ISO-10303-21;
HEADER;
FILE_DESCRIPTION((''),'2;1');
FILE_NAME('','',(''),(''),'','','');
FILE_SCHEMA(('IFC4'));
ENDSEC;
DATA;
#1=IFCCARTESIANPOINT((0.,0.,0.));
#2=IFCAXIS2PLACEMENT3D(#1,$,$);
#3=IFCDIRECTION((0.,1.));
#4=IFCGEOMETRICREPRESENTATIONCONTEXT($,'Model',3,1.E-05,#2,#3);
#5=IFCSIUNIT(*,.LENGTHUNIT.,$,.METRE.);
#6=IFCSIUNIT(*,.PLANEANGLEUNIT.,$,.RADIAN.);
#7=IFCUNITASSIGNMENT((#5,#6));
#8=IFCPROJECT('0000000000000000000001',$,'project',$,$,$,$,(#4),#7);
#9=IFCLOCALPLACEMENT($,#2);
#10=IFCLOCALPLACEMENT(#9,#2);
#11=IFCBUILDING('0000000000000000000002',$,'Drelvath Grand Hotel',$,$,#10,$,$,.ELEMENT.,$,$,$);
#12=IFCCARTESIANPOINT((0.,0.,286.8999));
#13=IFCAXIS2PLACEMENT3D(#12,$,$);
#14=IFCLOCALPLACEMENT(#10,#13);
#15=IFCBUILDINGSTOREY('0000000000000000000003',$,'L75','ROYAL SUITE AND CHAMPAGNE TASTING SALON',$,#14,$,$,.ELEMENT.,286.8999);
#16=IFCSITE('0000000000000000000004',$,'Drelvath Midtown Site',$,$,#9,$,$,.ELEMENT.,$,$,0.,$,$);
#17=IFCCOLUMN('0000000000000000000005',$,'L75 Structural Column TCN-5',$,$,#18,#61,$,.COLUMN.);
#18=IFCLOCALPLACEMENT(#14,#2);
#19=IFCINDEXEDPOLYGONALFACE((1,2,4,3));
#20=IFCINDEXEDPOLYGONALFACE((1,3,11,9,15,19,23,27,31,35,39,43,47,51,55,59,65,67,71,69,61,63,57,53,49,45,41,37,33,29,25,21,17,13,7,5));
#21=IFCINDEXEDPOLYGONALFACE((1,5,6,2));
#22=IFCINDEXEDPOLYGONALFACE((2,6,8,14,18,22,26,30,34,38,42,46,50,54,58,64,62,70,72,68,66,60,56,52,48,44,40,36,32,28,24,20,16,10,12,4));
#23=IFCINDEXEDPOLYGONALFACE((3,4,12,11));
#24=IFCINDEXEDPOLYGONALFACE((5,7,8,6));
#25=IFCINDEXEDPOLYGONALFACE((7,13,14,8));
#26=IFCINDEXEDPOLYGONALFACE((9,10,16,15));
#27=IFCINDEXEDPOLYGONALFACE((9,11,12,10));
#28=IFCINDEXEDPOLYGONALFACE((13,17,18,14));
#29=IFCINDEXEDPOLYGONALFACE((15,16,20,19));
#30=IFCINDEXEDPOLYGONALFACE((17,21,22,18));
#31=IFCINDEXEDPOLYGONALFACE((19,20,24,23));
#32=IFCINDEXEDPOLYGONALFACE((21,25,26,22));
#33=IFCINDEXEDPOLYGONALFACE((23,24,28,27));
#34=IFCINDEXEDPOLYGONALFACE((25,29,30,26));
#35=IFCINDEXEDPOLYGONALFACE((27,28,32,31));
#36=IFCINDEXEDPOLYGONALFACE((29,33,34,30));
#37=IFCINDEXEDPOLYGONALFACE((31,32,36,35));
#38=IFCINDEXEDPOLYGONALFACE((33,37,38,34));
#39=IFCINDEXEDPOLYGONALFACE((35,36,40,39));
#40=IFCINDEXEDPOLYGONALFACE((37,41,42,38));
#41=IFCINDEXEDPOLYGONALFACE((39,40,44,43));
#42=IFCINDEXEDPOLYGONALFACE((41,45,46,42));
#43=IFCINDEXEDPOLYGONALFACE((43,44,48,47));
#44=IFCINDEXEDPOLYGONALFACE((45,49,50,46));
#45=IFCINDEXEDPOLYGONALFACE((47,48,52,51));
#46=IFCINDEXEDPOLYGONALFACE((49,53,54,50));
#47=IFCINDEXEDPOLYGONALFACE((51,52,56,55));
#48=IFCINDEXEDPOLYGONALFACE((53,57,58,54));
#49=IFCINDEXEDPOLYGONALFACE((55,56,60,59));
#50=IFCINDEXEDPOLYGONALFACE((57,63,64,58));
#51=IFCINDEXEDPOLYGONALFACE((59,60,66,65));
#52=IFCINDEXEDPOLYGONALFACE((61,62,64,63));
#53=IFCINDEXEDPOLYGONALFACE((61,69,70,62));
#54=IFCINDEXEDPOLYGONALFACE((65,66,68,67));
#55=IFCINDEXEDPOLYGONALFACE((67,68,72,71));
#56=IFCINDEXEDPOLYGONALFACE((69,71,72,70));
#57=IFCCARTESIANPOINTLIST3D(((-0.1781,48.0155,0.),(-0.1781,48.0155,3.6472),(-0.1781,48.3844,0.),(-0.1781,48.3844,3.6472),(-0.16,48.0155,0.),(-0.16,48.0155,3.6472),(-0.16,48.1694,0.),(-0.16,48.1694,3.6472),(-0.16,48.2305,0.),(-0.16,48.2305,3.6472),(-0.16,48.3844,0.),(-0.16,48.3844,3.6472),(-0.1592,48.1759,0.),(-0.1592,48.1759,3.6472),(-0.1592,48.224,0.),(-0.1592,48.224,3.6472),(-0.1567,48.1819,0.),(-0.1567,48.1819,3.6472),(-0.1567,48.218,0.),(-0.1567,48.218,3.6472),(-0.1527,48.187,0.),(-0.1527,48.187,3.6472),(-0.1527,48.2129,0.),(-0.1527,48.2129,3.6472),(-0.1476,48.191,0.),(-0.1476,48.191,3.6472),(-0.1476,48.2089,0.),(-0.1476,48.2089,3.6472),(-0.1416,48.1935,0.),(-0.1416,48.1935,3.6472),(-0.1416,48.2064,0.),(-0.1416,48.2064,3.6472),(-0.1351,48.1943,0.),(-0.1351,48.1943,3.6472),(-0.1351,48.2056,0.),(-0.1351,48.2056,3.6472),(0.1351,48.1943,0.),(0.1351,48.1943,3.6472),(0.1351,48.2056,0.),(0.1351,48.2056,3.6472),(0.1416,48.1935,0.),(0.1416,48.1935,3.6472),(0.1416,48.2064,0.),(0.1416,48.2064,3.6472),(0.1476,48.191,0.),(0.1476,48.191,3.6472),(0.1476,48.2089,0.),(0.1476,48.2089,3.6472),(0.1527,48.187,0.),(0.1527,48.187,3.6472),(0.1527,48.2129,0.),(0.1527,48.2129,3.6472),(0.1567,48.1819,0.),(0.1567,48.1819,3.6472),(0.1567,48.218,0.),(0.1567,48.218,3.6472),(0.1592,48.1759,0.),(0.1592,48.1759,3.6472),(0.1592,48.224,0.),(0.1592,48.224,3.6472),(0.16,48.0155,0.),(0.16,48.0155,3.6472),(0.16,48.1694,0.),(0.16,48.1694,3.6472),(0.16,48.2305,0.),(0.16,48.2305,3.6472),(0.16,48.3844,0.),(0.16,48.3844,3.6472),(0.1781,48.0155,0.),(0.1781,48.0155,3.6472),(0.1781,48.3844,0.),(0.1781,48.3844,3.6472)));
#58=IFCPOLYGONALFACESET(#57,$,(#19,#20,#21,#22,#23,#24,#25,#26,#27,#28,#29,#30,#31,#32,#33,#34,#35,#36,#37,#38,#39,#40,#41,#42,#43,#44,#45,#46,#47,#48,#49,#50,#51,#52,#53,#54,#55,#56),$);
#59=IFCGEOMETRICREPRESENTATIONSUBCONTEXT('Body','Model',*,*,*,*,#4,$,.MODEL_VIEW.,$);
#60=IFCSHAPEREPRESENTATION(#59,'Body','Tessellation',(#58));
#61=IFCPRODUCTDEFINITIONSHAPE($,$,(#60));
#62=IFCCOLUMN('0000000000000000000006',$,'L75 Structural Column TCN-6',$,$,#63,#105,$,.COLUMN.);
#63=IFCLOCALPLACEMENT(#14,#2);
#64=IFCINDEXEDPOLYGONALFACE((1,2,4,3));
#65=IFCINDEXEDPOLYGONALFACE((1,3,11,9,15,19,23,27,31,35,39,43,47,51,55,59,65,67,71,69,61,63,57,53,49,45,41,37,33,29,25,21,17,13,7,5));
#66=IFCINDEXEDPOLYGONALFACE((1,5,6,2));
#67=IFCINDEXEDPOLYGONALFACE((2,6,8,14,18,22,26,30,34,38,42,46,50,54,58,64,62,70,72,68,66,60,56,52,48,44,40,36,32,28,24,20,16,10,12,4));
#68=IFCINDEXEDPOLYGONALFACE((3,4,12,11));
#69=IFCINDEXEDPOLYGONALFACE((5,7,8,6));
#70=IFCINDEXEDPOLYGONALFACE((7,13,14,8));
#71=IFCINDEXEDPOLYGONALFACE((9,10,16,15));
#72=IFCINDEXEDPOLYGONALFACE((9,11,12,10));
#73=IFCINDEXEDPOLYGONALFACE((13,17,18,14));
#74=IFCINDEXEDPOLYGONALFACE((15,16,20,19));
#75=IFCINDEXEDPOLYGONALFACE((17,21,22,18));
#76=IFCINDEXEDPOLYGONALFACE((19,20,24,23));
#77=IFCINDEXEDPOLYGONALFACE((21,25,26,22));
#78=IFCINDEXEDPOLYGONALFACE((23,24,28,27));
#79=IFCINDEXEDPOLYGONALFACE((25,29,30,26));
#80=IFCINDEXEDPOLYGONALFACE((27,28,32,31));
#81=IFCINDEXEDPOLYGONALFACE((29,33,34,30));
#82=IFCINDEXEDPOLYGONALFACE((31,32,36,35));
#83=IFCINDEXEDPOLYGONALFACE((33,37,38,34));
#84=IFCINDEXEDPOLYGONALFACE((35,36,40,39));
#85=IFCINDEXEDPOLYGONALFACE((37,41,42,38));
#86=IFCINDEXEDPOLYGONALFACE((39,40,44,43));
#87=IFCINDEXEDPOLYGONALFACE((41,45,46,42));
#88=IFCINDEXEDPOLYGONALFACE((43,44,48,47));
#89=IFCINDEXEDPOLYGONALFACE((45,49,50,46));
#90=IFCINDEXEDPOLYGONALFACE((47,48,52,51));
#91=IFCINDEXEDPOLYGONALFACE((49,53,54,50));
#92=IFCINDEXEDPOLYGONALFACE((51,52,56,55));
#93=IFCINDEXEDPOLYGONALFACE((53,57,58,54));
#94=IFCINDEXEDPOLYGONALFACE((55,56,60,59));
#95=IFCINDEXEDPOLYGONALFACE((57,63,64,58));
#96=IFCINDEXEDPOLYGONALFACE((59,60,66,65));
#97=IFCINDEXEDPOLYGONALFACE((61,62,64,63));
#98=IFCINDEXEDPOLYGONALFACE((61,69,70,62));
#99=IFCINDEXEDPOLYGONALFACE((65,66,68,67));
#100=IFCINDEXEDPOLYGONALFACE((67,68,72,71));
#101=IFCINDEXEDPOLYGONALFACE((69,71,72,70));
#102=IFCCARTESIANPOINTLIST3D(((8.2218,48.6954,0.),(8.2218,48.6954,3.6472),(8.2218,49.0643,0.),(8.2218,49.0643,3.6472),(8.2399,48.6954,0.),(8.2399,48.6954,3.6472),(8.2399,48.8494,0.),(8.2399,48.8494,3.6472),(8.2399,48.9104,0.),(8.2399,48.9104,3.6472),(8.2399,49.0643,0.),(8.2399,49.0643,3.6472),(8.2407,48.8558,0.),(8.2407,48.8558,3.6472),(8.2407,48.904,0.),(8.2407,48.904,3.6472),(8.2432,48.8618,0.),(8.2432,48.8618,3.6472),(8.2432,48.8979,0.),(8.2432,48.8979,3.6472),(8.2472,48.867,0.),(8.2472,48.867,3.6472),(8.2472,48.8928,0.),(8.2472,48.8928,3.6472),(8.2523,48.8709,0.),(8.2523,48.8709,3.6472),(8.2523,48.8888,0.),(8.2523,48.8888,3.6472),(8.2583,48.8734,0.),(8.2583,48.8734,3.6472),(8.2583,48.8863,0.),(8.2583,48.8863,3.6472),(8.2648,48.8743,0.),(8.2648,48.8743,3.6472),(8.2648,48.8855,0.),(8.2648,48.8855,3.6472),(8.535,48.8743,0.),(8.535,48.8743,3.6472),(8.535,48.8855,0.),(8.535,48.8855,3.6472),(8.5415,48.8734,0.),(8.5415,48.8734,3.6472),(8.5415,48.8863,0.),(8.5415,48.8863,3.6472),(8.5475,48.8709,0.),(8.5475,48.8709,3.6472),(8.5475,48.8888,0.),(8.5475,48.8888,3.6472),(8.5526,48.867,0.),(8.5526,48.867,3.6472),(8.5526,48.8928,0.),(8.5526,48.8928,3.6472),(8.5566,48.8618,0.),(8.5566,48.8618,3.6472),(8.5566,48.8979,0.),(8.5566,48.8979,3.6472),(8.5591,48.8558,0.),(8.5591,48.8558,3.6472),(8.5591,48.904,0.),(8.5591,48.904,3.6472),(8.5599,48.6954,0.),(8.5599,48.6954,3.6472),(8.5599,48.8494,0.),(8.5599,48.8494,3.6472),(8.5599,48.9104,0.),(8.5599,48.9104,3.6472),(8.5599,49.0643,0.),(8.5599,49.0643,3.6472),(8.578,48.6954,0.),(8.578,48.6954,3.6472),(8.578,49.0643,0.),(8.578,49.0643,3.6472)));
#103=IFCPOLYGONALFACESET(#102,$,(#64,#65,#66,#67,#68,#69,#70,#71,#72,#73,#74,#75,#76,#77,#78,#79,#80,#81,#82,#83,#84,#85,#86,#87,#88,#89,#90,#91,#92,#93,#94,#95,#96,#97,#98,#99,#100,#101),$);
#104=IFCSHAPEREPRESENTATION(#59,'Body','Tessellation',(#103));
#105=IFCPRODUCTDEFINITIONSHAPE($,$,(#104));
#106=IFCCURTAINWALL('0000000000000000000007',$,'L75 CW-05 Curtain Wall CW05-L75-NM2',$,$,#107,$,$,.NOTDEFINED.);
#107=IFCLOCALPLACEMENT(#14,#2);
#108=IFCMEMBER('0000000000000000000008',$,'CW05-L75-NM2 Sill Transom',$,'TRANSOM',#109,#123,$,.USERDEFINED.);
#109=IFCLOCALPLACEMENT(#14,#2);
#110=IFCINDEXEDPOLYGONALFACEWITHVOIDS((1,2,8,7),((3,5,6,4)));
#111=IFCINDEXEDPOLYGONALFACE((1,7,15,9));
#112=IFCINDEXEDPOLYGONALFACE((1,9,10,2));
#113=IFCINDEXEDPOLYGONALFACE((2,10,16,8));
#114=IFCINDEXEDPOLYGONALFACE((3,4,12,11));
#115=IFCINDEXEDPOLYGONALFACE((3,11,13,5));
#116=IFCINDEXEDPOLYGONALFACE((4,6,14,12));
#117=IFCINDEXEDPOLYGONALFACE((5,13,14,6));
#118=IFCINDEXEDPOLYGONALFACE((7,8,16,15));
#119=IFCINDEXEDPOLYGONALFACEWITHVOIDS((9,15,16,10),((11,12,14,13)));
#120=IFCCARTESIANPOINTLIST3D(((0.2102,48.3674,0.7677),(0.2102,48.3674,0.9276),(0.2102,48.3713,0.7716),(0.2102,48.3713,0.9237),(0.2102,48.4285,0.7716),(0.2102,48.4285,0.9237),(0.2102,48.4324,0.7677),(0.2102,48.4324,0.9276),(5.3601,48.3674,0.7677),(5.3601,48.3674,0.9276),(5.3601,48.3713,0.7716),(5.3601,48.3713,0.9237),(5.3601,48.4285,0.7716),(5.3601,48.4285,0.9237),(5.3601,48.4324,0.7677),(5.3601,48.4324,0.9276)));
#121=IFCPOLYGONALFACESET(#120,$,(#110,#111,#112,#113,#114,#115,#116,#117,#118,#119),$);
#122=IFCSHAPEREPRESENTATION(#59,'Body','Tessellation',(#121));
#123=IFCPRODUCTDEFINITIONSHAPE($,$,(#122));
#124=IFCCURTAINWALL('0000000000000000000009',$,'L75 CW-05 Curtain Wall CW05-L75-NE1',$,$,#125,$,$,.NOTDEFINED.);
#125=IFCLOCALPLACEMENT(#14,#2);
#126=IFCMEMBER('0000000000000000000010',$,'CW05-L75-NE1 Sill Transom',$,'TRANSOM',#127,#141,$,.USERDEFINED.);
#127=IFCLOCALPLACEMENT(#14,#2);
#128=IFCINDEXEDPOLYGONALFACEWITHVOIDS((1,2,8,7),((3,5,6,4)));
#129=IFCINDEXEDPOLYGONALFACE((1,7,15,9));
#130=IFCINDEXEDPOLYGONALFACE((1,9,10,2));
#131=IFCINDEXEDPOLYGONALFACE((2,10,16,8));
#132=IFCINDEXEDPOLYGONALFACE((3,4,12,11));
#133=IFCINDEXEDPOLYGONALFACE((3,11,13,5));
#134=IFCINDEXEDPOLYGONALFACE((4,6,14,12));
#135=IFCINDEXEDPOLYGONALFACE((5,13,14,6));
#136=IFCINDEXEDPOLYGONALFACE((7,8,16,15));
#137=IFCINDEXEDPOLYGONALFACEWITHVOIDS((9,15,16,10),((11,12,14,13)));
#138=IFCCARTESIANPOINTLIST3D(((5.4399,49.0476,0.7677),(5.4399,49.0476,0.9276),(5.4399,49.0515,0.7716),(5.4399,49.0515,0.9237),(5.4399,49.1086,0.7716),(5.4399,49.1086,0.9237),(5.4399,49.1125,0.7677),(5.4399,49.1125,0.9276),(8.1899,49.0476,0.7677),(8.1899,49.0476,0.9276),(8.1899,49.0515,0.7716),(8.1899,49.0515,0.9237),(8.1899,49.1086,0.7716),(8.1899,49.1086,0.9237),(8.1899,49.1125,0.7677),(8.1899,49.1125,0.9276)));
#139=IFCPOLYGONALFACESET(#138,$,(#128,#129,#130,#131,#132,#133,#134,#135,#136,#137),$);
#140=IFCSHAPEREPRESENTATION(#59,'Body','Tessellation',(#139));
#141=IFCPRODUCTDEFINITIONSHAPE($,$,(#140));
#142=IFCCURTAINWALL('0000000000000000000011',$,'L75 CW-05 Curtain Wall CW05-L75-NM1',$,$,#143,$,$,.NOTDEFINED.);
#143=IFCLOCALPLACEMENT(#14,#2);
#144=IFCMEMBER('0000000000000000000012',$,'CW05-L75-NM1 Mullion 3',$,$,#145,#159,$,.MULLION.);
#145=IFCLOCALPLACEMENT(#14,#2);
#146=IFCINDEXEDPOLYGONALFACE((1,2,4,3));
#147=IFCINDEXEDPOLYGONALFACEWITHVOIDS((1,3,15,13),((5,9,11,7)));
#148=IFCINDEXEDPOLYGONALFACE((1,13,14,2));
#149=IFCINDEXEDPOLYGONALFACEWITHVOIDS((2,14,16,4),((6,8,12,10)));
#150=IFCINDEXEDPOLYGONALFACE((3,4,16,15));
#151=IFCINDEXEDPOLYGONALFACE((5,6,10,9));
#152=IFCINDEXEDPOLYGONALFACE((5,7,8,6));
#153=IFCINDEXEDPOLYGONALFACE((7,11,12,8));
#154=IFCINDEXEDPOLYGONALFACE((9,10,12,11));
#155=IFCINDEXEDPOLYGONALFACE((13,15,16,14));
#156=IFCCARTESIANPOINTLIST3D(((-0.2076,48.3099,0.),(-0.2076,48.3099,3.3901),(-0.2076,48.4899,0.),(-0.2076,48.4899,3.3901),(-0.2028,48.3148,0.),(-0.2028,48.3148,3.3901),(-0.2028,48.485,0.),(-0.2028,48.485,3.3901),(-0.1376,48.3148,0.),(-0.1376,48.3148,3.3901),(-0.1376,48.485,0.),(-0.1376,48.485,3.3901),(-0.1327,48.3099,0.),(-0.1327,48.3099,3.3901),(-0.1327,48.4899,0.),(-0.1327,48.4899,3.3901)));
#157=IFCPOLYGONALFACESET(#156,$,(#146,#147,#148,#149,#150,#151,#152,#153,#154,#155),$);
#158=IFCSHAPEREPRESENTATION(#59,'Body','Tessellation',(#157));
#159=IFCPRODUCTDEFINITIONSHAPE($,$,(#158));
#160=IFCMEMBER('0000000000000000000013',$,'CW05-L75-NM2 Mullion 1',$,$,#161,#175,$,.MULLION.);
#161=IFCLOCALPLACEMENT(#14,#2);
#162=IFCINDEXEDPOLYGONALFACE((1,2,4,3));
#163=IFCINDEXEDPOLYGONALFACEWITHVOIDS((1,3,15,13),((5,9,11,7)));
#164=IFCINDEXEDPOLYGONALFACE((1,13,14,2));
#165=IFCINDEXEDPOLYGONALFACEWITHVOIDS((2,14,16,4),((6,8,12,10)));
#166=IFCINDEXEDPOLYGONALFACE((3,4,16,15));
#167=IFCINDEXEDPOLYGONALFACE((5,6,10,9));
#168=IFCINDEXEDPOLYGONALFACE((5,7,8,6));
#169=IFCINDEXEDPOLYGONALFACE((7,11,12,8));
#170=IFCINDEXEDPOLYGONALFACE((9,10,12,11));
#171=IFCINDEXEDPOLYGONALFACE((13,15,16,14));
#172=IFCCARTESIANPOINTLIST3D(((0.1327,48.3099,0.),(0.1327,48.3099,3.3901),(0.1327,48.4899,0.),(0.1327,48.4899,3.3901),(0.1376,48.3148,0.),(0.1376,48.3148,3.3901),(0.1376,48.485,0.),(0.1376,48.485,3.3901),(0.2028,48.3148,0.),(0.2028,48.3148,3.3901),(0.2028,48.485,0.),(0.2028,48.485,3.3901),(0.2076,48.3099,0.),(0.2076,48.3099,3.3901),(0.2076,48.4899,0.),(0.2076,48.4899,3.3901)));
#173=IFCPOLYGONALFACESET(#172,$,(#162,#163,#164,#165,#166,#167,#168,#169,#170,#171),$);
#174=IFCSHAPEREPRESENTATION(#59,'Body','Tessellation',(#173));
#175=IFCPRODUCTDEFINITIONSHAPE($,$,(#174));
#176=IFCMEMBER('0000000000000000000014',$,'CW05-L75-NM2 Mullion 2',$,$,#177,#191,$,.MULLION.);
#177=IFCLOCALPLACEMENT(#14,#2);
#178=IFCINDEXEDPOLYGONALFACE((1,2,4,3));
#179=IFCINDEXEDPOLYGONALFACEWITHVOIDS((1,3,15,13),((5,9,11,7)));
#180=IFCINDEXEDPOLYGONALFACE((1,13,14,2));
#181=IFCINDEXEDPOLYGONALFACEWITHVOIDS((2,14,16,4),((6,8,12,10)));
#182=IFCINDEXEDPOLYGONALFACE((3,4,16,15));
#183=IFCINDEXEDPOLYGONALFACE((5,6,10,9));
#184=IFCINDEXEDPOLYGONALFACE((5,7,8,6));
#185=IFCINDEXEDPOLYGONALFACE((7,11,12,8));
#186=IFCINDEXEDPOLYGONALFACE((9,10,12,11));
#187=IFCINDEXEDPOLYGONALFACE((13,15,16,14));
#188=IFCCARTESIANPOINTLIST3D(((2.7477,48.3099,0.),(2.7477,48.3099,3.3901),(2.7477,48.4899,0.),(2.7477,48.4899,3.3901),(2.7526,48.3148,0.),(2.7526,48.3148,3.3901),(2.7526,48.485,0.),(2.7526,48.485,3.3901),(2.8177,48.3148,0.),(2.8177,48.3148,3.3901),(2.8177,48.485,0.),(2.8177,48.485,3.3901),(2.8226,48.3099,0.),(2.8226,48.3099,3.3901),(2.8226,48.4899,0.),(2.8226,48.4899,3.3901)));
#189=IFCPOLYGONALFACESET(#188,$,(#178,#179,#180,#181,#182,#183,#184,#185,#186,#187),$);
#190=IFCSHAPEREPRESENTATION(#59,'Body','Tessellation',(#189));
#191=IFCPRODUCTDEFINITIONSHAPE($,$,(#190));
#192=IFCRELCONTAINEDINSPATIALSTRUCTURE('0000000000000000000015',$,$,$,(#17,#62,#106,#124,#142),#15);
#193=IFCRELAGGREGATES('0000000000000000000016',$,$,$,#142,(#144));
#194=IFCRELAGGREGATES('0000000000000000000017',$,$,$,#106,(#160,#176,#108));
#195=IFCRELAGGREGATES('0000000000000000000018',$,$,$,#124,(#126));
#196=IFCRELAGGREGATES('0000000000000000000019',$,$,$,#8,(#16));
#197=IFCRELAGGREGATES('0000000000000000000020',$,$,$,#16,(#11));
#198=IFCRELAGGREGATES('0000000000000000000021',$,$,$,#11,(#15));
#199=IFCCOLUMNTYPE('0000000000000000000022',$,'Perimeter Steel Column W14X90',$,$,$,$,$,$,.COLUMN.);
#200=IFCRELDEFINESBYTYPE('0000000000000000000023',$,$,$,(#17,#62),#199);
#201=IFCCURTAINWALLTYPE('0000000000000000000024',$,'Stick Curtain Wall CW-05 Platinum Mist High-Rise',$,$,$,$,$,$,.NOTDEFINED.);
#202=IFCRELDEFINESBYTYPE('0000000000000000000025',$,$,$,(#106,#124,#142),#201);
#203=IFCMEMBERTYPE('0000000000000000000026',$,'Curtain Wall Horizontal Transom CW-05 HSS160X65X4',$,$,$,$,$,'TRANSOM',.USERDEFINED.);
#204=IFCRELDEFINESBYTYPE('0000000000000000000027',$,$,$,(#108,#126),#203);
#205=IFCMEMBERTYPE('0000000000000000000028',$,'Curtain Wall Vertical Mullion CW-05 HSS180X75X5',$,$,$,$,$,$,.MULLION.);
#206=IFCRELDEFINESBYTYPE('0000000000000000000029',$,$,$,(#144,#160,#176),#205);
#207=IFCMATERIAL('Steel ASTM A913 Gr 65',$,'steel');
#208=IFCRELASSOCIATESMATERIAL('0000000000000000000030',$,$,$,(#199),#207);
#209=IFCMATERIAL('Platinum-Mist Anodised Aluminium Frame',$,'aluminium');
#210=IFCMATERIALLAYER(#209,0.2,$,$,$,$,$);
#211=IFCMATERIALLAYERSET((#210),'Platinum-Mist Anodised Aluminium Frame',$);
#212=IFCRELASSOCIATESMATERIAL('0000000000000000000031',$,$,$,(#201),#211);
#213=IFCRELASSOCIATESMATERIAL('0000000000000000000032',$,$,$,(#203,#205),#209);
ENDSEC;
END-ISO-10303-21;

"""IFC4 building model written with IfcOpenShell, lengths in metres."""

from ifc_helpers import new_model, si_unit, direction, frame, origin, origin_2d, place, context, subcontext, project, spatial, hollow_rectangle, i_section, extrude, material, layer, layer_set, material_profile, profile_set, type_object, element, aggregate, save


model = new_model("IFC4")

# Units and contexts
model_context = context("Model", 3, precision=1e-05, world=origin(), true_north=direction((0.0, 1.0)))
body_context = subcontext(model_context, "Body", "Model", "MODEL_VIEW")
ifc_project = project(units=[si_unit("LENGTHUNIT", "METRE"), si_unit("PLANEANGLEUNIT", "RADIAN")], contexts=[model_context])

# Site, building, storey
site_placement = place(None, origin())
site = spatial("IfcSite", under=ifc_project, at=site_placement, Name="Drelvath Midtown Site", CompositionType="ELEMENT", RefElevation=0.0)
building_placement = place(site_placement, origin())
building = spatial("IfcBuilding", under=site, at=building_placement, Name="Drelvath Grand Hotel", CompositionType="ELEMENT")
storey_placement = place(building_placement, frame((0.0, 0.0, 286.8999)))
storey = spatial("IfcBuildingStorey", under=building, at=storey_placement, Name="L75", Description="ROYAL SUITE AND CHAMPAGNE TASTING SALON", CompositionType="ELEMENT", Elevation=286.8999)

# Columns
ifc_material_1 = material(Name="Steel ASTM A913 Gr 65", Category="steel")
ifc_material_profile_1 = material_profile(ifc_material_1, i_section(OverallWidth=0.3689, OverallDepth=0.3562, WebThickness=0.0112, FlangeThickness=0.0181, FilletRadius=0.0249, at=origin_2d()), Name="W14X90")
ifc_profile_set_1 = profile_set([ifc_material_profile_1], Name="Steel ASTM A913 Gr 65")
column_type = type_object("IfcColumnType", Name="Perimeter Steel Column W14X90", PredefinedType="COLUMN", material=ifc_profile_set_1)
for number, where, z_axis, x_axis, name in (
    (1, (0.0, 48.2, 0.0), (0.0, 0.0, 1.0), (0.0, 1.0, 0.0), "L75 Structural Column TCN-5"),
    (2, (8.3999, 48.8799, 0.0), (0.0, 0.0, 1.0), (0.0, 1.0, 0.0), "L75 Structural Column TCN-6"),
):
    element("IfcColumn", number, at=place(storey_placement, frame(where, z_axis=z_axis, x_axis=x_axis)), inside=storey, type_object=column_type, Name=name, PredefinedType="COLUMN", context=body_context, shape_type="SweptSolid", body=[
        extrude(i_section(OverallWidth=0.3689, OverallDepth=0.3562, WebThickness=0.0112, FlangeThickness=0.0181, FilletRadius=0.0249, at=origin_2d()), origin(), (0.0, 0.0, 1.0), 3.6472),
    ])

# Curtain walls, members
ifc_material_2 = material(Name="Platinum-Mist Anodised Aluminium Frame", Category="aluminium")
ifc_layer_1 = layer(ifc_material_2, 0.2)
ifc_layer_set_1 = layer_set([ifc_layer_1], Name="Platinum-Mist Anodised Aluminium Frame")
curtain_wall_type = type_object("IfcCurtainWallType", Name="Stick Curtain Wall CW-05 Platinum Mist High-Rise", PredefinedType="NOTDEFINED", material=ifc_layer_set_1)
curtain_wall_1_placement = place(storey_placement, origin())
curtain_wall_1 = element("IfcCurtainWall", 3, at=curtain_wall_1_placement, inside=storey, type_object=curtain_wall_type, Name="L75 CW-05 Curtain Wall CW05-L75-NM2", PredefinedType="NOTDEFINED")
ifc_material_profile_2 = material_profile(ifc_material_2, hollow_rectangle(XDim=0.0649, YDim=0.1599, WallThickness=0.0039, at=origin_2d()), Name="HSS160X65X4")
ifc_profile_set_2 = profile_set([ifc_material_profile_2], Name="Platinum-Mist Anodised Aluminium Frame")
member_type_1 = type_object("IfcMemberType", Name="Curtain Wall Horizontal Transom CW-05 HSS160X65X4", ElementType="TRANSOM", PredefinedType="USERDEFINED", material=ifc_profile_set_2)
member_1_placement = place(storey_placement, frame((0.2102, 48.3999, 0.8477), z_axis=(1.0, 0.0, 0.0), x_axis=(0.0, 1.0, 0.0)))
member_1 = element("IfcMember", 4, at=member_1_placement, type_object=member_type_1, Name="CW05-L75-NM2 Sill Transom", ObjectType="TRANSOM", PredefinedType="USERDEFINED", context=body_context, shape_type="SweptSolid", body=[
    extrude(hollow_rectangle(XDim=0.0649, YDim=0.1599, WallThickness=0.0039, at=origin_2d()), origin(), (0.0, 0.0, 1.0), 5.1499),
])
curtain_wall_2_placement = place(storey_placement, origin())
curtain_wall_2 = element("IfcCurtainWall", 5, at=curtain_wall_2_placement, inside=storey, type_object=curtain_wall_type, Name="L75 CW-05 Curtain Wall CW05-L75-NE1", PredefinedType="NOTDEFINED")
member_2_placement = place(storey_placement, frame((5.4399, 49.0801, 0.8477), z_axis=(1.0, 0.0, 0.0), x_axis=(0.0, 1.0, 0.0)))
member_2 = element("IfcMember", 6, at=member_2_placement, type_object=member_type_1, Name="CW05-L75-NE1 Sill Transom", ObjectType="TRANSOM", PredefinedType="USERDEFINED", context=body_context, shape_type="SweptSolid", body=[
    extrude(hollow_rectangle(XDim=0.0649, YDim=0.1599, WallThickness=0.0039, at=origin_2d()), origin(), (0.0, 0.0, 1.0), 2.75),
])
curtain_wall_3_placement = place(storey_placement, origin())
curtain_wall_3 = element("IfcCurtainWall", 7, at=curtain_wall_3_placement, inside=storey, type_object=curtain_wall_type, Name="L75 CW-05 Curtain Wall CW05-L75-NM1", PredefinedType="NOTDEFINED")
ifc_material_profile_3 = material_profile(ifc_material_2, hollow_rectangle(XDim=0.075, YDim=0.1799, WallThickness=0.0049, at=origin_2d()), Name="HSS180X75X5")
ifc_profile_set_3 = profile_set([ifc_material_profile_3], Name="Platinum-Mist Anodised Aluminium Frame")
member_type_2 = type_object("IfcMemberType", Name="Curtain Wall Vertical Mullion CW-05 HSS180X75X5", PredefinedType="MULLION", material=ifc_profile_set_3)
member_3_placement = place(storey_placement, frame((-0.1702, 48.3999, 0.0), z_axis=(0.0, 0.0, 1.0), x_axis=(1.0, 0.0, 0.0)))
member_3 = element("IfcMember", 8, at=member_3_placement, type_object=member_type_2, Name="CW05-L75-NM1 Mullion 3", PredefinedType="MULLION", context=body_context, shape_type="SweptSolid", body=[
    extrude(hollow_rectangle(XDim=0.075, YDim=0.1799, WallThickness=0.0049, at=origin_2d()), origin(), (0.0, 0.0, 1.0), 3.3901),
])
aggregate(curtain_wall_3, [member_3])

# Members
member_4_placement = place(storey_placement, frame((0.1702, 48.3999, 0.0), z_axis=(0.0, 0.0, 1.0), x_axis=(1.0, 0.0, 0.0)))
member_4 = element("IfcMember", 9, at=member_4_placement, type_object=member_type_2, Name="CW05-L75-NM2 Mullion 1", PredefinedType="MULLION", context=body_context, shape_type="SweptSolid", body=[
    extrude(hollow_rectangle(XDim=0.075, YDim=0.1799, WallThickness=0.0049, at=origin_2d()), origin(), (0.0, 0.0, 1.0), 3.3901),
])
member_5_placement = place(storey_placement, frame((2.7852, 48.3999, 0.0), z_axis=(0.0, 0.0, 1.0), x_axis=(1.0, 0.0, 0.0)))
member_5 = element("IfcMember", 10, at=member_5_placement, type_object=member_type_2, Name="CW05-L75-NM2 Mullion 2", PredefinedType="MULLION", context=body_context, shape_type="SweptSolid", body=[
    extrude(hollow_rectangle(XDim=0.075, YDim=0.1799, WallThickness=0.0049, at=origin_2d()), origin(), (0.0, 0.0, 1.0), 3.3901),
])

aggregate(curtain_wall_1, [member_4, member_5, member_1])
aggregate(curtain_wall_2, [member_2])

save(model, "model.ifc")
